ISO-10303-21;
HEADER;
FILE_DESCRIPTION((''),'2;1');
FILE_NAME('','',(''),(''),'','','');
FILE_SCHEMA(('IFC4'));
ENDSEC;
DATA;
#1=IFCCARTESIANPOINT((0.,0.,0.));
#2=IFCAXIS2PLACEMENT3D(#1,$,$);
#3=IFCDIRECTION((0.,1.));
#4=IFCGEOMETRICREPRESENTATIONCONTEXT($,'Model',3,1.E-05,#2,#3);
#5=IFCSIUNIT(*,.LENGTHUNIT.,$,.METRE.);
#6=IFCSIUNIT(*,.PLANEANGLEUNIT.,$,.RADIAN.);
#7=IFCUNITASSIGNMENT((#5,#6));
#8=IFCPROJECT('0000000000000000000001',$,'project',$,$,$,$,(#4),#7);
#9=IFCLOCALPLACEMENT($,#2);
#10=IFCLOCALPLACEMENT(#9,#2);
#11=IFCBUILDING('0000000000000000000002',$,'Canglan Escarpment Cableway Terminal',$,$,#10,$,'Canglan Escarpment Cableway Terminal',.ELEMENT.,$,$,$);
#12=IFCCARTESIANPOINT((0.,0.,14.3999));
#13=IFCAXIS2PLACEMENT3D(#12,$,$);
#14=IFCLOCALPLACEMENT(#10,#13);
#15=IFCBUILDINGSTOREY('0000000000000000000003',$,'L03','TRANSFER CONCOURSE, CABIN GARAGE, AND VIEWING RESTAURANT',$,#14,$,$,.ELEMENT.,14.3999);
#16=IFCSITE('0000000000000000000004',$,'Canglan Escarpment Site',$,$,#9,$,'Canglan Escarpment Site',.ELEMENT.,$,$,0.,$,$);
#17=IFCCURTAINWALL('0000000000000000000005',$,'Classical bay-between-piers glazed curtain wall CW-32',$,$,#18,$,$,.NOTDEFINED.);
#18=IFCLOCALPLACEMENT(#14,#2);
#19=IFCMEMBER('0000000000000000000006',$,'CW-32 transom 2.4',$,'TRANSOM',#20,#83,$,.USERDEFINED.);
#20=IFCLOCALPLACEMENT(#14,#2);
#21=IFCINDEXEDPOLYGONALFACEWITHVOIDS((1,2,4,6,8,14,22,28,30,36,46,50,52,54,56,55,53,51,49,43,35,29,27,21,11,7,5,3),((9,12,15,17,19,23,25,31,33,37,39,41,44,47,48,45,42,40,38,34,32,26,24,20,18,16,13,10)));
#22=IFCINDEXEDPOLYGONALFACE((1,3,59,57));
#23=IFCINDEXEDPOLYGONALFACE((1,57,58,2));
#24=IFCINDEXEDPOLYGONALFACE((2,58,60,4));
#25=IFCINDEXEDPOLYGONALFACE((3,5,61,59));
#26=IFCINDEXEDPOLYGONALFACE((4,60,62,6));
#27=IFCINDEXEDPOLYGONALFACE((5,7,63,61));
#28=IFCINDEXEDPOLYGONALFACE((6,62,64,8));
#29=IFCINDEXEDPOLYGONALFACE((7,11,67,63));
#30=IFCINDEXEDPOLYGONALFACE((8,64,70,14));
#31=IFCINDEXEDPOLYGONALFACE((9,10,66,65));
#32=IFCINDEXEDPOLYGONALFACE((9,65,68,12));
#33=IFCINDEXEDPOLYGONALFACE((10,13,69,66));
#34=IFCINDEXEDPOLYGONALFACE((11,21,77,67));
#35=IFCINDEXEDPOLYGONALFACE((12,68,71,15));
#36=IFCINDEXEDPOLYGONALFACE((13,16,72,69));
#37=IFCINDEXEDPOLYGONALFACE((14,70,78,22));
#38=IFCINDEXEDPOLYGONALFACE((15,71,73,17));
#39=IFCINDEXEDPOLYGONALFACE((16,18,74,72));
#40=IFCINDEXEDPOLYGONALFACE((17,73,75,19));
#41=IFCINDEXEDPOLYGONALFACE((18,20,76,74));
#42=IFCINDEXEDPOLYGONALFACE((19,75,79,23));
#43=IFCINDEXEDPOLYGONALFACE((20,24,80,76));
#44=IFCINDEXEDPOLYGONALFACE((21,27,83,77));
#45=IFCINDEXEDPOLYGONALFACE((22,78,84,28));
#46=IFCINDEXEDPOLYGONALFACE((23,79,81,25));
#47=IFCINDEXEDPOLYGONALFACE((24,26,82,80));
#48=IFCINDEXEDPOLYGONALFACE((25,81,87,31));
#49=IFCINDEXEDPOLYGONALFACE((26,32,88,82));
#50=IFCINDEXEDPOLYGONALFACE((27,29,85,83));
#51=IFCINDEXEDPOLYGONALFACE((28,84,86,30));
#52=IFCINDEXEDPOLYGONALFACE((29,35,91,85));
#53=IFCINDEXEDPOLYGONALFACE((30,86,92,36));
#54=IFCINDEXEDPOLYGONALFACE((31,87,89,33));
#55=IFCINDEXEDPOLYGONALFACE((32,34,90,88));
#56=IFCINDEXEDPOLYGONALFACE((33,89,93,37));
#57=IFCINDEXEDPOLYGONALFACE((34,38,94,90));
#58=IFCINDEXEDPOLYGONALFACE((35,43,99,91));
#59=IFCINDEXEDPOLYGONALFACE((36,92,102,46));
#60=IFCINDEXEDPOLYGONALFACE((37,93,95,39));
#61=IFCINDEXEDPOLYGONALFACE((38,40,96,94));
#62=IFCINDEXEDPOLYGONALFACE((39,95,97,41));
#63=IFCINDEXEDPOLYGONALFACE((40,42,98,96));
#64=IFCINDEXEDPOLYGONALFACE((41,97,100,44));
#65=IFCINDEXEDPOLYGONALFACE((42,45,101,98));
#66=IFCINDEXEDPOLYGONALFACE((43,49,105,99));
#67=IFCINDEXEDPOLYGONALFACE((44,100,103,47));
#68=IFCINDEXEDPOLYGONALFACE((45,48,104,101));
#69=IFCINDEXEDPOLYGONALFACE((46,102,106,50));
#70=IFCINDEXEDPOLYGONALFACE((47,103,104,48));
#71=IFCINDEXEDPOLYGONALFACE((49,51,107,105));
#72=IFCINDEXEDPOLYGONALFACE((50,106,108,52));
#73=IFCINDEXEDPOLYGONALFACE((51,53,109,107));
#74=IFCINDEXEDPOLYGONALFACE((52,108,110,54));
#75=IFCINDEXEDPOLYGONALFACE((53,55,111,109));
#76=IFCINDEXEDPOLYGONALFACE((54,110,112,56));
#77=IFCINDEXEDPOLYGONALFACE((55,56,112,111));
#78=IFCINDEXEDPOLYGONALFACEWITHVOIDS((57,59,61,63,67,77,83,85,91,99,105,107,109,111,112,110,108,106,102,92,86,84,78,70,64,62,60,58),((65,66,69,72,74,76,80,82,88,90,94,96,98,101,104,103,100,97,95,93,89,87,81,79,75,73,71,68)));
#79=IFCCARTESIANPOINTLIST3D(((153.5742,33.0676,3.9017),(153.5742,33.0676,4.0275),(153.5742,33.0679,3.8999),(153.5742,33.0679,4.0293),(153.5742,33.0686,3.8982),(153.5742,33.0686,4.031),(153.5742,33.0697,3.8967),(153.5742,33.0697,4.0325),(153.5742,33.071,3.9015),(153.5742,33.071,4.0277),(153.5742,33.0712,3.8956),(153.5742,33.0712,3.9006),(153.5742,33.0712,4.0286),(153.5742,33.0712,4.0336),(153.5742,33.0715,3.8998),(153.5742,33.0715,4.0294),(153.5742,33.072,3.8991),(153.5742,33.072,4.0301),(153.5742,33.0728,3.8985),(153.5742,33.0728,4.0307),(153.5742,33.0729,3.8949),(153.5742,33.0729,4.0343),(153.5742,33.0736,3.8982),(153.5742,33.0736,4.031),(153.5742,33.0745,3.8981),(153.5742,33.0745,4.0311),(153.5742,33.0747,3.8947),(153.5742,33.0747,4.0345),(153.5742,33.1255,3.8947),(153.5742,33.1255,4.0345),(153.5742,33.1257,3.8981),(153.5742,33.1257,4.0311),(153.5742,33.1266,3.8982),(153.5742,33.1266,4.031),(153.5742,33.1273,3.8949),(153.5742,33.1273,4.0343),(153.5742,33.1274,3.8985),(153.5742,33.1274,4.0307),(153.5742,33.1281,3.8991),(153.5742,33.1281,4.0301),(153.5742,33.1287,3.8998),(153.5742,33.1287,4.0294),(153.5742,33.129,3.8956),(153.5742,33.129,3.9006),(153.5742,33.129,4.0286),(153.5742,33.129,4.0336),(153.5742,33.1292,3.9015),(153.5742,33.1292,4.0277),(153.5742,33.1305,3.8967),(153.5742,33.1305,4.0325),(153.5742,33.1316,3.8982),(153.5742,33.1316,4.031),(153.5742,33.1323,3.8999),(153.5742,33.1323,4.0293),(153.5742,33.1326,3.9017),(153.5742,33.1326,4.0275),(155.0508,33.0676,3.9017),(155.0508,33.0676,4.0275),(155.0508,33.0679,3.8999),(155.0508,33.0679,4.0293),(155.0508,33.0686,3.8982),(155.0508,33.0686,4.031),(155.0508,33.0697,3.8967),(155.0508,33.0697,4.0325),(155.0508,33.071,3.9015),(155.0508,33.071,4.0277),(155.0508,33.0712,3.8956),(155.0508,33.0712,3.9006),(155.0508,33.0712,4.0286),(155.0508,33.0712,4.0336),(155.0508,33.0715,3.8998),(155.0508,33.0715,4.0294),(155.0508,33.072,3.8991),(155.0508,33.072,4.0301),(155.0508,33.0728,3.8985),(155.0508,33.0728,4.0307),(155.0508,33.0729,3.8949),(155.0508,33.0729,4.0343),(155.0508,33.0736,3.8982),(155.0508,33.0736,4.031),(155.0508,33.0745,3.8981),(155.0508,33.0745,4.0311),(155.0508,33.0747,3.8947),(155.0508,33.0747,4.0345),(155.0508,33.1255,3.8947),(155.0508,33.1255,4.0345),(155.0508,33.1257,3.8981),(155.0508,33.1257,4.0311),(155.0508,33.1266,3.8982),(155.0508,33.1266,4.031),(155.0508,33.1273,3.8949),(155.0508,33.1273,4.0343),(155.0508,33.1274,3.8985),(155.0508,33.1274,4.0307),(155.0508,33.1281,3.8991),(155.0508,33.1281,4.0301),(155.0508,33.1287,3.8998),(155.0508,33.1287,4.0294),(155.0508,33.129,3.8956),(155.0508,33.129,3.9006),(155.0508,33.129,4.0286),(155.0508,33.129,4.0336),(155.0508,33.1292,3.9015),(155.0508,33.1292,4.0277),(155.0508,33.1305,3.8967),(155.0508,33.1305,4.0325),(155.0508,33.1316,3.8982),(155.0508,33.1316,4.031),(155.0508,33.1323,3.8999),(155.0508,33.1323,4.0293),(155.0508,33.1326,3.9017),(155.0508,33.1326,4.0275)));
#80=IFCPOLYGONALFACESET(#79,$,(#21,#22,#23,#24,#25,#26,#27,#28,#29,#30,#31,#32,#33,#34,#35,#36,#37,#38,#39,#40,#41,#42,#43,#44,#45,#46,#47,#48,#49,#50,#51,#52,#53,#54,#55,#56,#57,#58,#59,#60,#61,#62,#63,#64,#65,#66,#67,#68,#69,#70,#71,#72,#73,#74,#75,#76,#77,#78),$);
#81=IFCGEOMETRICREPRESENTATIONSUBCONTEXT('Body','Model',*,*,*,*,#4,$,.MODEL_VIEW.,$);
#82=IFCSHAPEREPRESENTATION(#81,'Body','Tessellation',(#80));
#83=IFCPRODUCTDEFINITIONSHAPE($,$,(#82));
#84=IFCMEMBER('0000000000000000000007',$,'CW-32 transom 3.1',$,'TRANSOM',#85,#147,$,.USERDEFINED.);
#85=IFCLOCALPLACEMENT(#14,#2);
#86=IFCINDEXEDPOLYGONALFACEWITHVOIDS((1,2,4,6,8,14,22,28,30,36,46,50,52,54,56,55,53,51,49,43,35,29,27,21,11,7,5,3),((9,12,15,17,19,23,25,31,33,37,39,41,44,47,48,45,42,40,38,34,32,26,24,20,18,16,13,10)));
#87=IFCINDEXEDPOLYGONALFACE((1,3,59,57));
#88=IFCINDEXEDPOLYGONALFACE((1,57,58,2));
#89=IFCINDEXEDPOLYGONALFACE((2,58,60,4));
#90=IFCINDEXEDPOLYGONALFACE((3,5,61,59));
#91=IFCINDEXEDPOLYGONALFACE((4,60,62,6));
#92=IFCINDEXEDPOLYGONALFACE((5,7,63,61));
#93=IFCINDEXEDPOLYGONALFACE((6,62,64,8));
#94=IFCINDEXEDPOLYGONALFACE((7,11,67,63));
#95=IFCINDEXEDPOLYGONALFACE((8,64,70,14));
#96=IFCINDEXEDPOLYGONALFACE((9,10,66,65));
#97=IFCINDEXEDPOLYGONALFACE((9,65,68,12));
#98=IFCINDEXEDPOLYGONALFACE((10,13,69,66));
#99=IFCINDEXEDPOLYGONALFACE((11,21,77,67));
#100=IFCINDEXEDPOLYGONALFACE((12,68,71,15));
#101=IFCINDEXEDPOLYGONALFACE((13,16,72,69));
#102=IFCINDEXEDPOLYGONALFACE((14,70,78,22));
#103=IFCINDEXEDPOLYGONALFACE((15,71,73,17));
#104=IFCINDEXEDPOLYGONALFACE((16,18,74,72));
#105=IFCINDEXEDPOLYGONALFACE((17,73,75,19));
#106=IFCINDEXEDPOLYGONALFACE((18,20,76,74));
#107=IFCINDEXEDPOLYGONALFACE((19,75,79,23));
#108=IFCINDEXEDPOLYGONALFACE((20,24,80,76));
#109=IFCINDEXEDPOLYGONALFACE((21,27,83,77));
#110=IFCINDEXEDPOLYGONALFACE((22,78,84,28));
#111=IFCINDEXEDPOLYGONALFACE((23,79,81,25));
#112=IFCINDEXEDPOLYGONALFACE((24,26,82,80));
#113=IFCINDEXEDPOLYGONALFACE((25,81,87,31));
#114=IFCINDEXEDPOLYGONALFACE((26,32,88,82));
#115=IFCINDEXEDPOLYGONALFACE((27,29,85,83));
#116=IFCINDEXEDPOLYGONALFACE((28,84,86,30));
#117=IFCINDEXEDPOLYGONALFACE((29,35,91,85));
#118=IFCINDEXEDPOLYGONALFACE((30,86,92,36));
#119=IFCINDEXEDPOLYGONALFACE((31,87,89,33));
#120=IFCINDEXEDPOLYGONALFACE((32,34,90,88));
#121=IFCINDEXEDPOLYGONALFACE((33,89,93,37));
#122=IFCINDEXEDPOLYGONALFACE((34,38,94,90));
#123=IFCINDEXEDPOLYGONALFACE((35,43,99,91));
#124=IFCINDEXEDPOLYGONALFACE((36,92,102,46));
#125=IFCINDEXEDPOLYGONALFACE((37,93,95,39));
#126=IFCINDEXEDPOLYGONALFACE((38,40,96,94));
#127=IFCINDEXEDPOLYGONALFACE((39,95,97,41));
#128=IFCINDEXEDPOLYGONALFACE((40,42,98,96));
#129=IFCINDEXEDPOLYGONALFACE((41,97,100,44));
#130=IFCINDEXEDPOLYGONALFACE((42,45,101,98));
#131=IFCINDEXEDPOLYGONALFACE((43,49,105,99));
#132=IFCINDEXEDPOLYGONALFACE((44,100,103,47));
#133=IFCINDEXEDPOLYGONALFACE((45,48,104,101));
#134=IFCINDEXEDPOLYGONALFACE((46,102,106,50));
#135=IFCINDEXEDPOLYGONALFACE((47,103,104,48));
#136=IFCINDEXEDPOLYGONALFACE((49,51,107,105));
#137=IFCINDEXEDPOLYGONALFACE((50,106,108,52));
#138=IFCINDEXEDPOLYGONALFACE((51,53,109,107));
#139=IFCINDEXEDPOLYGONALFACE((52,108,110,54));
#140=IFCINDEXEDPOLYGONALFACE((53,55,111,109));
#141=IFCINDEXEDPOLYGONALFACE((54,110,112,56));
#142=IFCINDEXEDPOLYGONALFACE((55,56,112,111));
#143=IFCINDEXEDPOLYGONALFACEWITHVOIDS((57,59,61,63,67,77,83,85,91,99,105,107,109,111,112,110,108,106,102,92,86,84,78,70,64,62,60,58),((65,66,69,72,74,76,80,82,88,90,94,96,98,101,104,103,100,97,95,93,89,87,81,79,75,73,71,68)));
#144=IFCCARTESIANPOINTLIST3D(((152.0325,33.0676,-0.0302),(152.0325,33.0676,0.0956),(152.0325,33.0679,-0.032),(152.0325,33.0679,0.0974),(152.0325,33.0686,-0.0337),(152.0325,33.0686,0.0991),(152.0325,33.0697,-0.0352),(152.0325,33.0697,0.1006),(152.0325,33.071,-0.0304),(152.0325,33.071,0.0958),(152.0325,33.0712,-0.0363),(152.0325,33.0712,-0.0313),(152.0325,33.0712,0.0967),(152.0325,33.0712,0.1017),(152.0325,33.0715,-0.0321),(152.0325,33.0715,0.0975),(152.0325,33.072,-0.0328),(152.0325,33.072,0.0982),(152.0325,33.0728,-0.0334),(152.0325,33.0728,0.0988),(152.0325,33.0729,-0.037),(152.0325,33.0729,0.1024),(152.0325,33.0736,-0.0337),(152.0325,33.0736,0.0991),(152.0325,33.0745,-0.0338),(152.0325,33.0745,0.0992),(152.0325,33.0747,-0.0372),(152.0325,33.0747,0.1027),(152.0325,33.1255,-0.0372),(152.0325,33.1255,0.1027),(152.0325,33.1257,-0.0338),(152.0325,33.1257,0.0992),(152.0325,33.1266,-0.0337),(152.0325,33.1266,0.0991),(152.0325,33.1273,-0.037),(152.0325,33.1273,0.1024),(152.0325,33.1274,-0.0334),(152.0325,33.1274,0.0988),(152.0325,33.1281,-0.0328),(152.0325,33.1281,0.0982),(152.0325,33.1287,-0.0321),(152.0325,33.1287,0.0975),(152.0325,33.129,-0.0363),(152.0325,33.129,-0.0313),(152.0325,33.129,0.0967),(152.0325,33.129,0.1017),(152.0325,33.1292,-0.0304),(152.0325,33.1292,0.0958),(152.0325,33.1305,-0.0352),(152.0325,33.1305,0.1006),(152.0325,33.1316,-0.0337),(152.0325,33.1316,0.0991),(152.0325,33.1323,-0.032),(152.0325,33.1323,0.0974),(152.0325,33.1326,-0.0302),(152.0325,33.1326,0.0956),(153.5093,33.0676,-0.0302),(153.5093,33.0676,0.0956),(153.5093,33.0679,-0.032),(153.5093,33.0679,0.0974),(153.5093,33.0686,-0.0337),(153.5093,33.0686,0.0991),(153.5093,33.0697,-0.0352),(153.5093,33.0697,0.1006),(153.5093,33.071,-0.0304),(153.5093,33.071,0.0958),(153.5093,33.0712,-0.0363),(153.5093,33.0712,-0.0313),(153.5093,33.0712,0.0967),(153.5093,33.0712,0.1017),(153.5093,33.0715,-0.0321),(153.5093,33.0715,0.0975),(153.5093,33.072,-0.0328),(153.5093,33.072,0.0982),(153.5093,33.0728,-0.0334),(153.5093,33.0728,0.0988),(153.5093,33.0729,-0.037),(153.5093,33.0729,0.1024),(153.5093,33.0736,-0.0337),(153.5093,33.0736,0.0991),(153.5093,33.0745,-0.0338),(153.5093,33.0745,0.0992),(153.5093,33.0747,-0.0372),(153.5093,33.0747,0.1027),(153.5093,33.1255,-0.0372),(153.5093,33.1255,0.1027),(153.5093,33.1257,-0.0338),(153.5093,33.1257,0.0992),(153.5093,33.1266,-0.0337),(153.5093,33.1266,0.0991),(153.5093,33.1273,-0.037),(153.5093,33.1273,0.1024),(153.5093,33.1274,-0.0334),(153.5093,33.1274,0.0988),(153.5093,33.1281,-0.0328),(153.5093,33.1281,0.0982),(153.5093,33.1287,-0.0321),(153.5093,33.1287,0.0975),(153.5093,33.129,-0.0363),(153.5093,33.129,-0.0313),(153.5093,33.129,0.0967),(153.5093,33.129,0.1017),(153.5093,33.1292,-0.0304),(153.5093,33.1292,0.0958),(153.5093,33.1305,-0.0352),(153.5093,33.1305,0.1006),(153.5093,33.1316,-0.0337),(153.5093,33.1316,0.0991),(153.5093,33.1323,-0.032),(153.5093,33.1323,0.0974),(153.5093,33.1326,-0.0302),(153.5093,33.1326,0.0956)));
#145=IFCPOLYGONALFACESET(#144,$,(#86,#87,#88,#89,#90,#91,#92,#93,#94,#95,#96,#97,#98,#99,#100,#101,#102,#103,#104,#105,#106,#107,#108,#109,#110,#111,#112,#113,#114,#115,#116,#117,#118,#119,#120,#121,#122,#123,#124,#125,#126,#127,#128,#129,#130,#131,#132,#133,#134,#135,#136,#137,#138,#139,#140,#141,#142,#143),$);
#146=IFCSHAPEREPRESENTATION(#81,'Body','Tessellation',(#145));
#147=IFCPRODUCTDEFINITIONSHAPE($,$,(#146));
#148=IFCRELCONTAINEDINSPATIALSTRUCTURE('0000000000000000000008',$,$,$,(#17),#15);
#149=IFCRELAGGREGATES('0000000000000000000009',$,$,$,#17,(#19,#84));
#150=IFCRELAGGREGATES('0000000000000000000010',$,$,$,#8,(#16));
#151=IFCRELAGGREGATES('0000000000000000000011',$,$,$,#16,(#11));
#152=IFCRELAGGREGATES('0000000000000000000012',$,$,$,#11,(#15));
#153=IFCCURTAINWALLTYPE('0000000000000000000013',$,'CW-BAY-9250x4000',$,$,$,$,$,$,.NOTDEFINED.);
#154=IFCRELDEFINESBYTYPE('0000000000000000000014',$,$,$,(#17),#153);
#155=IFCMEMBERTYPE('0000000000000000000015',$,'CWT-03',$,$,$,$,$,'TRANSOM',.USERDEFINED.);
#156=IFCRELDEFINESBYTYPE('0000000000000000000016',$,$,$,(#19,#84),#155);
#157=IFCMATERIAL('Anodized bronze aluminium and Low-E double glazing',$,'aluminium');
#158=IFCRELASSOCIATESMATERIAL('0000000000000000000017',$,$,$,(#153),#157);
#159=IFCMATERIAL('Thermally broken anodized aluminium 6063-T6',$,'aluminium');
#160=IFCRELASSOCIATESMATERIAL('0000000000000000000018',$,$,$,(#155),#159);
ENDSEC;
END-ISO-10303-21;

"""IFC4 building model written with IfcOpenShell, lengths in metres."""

from ifc_helpers import new_model, si_unit, direction, frame, origin, origin_2d, place, context, subcontext, project, spatial, hollow_rectangle, extrude, material, material_profile, profile_set, type_object, element, aggregate, save


model = new_model("IFC4")

# Units and contexts
model_context = context("Model", 3, precision=1e-05, world=origin(), true_north=direction((0.0, 1.0)))
body_context = subcontext(model_context, "Body", "Model", "MODEL_VIEW")
ifc_project = project(units=[si_unit("LENGTHUNIT", "METRE"), si_unit("PLANEANGLEUNIT", "RADIAN")], contexts=[model_context])

# Site, building, storey
site_placement = place(None, origin())
site = spatial("IfcSite", under=ifc_project, at=site_placement, Name="Canglan Escarpment Site", LongName="Canglan Escarpment Site", CompositionType="ELEMENT", RefElevation=0.0)
building_placement = place(site_placement, origin())
building = spatial("IfcBuilding", under=site, at=building_placement, Name="Canglan Escarpment Cableway Terminal", LongName="Canglan Escarpment Cableway Terminal", CompositionType="ELEMENT")
storey_placement = place(building_placement, frame((0.0, 0.0, 14.3999)))
storey = spatial("IfcBuildingStorey", under=building, at=storey_placement, Name="L03", Description="TRANSFER CONCOURSE, CABIN GARAGE, AND VIEWING RESTAURANT", CompositionType="ELEMENT", Elevation=14.3999)

# Curtain wall, members
ifc_material_1 = material(Name="Anodized bronze aluminium and Low-E double glazing", Category="aluminium")
curtain_wall_type = type_object("IfcCurtainWallType", Name="CW-BAY-9250x4000", PredefinedType="NOTDEFINED", material=ifc_material_1)
curtain_wall_placement = place(storey_placement, origin())
curtain_wall = element("IfcCurtainWall", 1, at=curtain_wall_placement, inside=storey, type_object=curtain_wall_type, Name="Classical bay-between-piers glazed curtain wall CW-32", PredefinedType="NOTDEFINED")
ifc_material_2 = material(Name="Thermally broken anodized aluminium 6063-T6", Category="aluminium")
ifc_material_profile_1 = material_profile(ifc_material_2, hollow_rectangle(XDim=0.0649, YDim=0.1399, WallThickness=0.0034, InnerFilletRadius=0.0034, OuterFilletRadius=0.0071, at=origin_2d()), Name="ALU-TRAN 65x140x3.5")
ifc_profile_set_1 = profile_set([ifc_material_profile_1], Name="Thermally broken anodized aluminium 6063-T6")
member_type_1 = type_object("IfcMemberType", Name="CWT-03", ElementType="TRANSOM", PredefinedType="USERDEFINED", material=ifc_profile_set_1)
member_1_placement = place(storey_placement, frame((155.0508, 33.1001, 3.9646), z_axis=(-1.0, 0.0, 0.0), x_axis=(0.0, -1.0, 0.0)))
member_1 = element("IfcMember", 2, at=member_1_placement, type_object=member_type_1, Name="CW-32 transom 2.4", ObjectType="TRANSOM", PredefinedType="USERDEFINED", context=body_context, shape_type="SweptSolid", body=[
    extrude(hollow_rectangle(XDim=0.0649, YDim=0.1399, WallThickness=0.0034, InnerFilletRadius=0.0034, OuterFilletRadius=0.0071, at=origin_2d()), origin(), (0.0, 0.0, 1.0), 1.4766),
])
member_2_placement = place(storey_placement, frame((153.5093, 33.1001, 0.0327), z_axis=(-1.0, 0.0, 0.0), x_axis=(0.0, -1.0, 0.0)))
member_2 = element("IfcMember", 3, at=member_2_placement, type_object=member_type_1, Name="CW-32 transom 3.1", ObjectType="TRANSOM", PredefinedType="USERDEFINED", context=body_context, shape_type="SweptSolid", body=[
    extrude(hollow_rectangle(XDim=0.0649, YDim=0.1399, WallThickness=0.0034, InnerFilletRadius=0.0034, OuterFilletRadius=0.0071, at=origin_2d()), origin(), (0.0, 0.0, 1.0), 1.4768),
])
aggregate(curtain_wall, [member_1, member_2])

save(model, "model.ifc")
